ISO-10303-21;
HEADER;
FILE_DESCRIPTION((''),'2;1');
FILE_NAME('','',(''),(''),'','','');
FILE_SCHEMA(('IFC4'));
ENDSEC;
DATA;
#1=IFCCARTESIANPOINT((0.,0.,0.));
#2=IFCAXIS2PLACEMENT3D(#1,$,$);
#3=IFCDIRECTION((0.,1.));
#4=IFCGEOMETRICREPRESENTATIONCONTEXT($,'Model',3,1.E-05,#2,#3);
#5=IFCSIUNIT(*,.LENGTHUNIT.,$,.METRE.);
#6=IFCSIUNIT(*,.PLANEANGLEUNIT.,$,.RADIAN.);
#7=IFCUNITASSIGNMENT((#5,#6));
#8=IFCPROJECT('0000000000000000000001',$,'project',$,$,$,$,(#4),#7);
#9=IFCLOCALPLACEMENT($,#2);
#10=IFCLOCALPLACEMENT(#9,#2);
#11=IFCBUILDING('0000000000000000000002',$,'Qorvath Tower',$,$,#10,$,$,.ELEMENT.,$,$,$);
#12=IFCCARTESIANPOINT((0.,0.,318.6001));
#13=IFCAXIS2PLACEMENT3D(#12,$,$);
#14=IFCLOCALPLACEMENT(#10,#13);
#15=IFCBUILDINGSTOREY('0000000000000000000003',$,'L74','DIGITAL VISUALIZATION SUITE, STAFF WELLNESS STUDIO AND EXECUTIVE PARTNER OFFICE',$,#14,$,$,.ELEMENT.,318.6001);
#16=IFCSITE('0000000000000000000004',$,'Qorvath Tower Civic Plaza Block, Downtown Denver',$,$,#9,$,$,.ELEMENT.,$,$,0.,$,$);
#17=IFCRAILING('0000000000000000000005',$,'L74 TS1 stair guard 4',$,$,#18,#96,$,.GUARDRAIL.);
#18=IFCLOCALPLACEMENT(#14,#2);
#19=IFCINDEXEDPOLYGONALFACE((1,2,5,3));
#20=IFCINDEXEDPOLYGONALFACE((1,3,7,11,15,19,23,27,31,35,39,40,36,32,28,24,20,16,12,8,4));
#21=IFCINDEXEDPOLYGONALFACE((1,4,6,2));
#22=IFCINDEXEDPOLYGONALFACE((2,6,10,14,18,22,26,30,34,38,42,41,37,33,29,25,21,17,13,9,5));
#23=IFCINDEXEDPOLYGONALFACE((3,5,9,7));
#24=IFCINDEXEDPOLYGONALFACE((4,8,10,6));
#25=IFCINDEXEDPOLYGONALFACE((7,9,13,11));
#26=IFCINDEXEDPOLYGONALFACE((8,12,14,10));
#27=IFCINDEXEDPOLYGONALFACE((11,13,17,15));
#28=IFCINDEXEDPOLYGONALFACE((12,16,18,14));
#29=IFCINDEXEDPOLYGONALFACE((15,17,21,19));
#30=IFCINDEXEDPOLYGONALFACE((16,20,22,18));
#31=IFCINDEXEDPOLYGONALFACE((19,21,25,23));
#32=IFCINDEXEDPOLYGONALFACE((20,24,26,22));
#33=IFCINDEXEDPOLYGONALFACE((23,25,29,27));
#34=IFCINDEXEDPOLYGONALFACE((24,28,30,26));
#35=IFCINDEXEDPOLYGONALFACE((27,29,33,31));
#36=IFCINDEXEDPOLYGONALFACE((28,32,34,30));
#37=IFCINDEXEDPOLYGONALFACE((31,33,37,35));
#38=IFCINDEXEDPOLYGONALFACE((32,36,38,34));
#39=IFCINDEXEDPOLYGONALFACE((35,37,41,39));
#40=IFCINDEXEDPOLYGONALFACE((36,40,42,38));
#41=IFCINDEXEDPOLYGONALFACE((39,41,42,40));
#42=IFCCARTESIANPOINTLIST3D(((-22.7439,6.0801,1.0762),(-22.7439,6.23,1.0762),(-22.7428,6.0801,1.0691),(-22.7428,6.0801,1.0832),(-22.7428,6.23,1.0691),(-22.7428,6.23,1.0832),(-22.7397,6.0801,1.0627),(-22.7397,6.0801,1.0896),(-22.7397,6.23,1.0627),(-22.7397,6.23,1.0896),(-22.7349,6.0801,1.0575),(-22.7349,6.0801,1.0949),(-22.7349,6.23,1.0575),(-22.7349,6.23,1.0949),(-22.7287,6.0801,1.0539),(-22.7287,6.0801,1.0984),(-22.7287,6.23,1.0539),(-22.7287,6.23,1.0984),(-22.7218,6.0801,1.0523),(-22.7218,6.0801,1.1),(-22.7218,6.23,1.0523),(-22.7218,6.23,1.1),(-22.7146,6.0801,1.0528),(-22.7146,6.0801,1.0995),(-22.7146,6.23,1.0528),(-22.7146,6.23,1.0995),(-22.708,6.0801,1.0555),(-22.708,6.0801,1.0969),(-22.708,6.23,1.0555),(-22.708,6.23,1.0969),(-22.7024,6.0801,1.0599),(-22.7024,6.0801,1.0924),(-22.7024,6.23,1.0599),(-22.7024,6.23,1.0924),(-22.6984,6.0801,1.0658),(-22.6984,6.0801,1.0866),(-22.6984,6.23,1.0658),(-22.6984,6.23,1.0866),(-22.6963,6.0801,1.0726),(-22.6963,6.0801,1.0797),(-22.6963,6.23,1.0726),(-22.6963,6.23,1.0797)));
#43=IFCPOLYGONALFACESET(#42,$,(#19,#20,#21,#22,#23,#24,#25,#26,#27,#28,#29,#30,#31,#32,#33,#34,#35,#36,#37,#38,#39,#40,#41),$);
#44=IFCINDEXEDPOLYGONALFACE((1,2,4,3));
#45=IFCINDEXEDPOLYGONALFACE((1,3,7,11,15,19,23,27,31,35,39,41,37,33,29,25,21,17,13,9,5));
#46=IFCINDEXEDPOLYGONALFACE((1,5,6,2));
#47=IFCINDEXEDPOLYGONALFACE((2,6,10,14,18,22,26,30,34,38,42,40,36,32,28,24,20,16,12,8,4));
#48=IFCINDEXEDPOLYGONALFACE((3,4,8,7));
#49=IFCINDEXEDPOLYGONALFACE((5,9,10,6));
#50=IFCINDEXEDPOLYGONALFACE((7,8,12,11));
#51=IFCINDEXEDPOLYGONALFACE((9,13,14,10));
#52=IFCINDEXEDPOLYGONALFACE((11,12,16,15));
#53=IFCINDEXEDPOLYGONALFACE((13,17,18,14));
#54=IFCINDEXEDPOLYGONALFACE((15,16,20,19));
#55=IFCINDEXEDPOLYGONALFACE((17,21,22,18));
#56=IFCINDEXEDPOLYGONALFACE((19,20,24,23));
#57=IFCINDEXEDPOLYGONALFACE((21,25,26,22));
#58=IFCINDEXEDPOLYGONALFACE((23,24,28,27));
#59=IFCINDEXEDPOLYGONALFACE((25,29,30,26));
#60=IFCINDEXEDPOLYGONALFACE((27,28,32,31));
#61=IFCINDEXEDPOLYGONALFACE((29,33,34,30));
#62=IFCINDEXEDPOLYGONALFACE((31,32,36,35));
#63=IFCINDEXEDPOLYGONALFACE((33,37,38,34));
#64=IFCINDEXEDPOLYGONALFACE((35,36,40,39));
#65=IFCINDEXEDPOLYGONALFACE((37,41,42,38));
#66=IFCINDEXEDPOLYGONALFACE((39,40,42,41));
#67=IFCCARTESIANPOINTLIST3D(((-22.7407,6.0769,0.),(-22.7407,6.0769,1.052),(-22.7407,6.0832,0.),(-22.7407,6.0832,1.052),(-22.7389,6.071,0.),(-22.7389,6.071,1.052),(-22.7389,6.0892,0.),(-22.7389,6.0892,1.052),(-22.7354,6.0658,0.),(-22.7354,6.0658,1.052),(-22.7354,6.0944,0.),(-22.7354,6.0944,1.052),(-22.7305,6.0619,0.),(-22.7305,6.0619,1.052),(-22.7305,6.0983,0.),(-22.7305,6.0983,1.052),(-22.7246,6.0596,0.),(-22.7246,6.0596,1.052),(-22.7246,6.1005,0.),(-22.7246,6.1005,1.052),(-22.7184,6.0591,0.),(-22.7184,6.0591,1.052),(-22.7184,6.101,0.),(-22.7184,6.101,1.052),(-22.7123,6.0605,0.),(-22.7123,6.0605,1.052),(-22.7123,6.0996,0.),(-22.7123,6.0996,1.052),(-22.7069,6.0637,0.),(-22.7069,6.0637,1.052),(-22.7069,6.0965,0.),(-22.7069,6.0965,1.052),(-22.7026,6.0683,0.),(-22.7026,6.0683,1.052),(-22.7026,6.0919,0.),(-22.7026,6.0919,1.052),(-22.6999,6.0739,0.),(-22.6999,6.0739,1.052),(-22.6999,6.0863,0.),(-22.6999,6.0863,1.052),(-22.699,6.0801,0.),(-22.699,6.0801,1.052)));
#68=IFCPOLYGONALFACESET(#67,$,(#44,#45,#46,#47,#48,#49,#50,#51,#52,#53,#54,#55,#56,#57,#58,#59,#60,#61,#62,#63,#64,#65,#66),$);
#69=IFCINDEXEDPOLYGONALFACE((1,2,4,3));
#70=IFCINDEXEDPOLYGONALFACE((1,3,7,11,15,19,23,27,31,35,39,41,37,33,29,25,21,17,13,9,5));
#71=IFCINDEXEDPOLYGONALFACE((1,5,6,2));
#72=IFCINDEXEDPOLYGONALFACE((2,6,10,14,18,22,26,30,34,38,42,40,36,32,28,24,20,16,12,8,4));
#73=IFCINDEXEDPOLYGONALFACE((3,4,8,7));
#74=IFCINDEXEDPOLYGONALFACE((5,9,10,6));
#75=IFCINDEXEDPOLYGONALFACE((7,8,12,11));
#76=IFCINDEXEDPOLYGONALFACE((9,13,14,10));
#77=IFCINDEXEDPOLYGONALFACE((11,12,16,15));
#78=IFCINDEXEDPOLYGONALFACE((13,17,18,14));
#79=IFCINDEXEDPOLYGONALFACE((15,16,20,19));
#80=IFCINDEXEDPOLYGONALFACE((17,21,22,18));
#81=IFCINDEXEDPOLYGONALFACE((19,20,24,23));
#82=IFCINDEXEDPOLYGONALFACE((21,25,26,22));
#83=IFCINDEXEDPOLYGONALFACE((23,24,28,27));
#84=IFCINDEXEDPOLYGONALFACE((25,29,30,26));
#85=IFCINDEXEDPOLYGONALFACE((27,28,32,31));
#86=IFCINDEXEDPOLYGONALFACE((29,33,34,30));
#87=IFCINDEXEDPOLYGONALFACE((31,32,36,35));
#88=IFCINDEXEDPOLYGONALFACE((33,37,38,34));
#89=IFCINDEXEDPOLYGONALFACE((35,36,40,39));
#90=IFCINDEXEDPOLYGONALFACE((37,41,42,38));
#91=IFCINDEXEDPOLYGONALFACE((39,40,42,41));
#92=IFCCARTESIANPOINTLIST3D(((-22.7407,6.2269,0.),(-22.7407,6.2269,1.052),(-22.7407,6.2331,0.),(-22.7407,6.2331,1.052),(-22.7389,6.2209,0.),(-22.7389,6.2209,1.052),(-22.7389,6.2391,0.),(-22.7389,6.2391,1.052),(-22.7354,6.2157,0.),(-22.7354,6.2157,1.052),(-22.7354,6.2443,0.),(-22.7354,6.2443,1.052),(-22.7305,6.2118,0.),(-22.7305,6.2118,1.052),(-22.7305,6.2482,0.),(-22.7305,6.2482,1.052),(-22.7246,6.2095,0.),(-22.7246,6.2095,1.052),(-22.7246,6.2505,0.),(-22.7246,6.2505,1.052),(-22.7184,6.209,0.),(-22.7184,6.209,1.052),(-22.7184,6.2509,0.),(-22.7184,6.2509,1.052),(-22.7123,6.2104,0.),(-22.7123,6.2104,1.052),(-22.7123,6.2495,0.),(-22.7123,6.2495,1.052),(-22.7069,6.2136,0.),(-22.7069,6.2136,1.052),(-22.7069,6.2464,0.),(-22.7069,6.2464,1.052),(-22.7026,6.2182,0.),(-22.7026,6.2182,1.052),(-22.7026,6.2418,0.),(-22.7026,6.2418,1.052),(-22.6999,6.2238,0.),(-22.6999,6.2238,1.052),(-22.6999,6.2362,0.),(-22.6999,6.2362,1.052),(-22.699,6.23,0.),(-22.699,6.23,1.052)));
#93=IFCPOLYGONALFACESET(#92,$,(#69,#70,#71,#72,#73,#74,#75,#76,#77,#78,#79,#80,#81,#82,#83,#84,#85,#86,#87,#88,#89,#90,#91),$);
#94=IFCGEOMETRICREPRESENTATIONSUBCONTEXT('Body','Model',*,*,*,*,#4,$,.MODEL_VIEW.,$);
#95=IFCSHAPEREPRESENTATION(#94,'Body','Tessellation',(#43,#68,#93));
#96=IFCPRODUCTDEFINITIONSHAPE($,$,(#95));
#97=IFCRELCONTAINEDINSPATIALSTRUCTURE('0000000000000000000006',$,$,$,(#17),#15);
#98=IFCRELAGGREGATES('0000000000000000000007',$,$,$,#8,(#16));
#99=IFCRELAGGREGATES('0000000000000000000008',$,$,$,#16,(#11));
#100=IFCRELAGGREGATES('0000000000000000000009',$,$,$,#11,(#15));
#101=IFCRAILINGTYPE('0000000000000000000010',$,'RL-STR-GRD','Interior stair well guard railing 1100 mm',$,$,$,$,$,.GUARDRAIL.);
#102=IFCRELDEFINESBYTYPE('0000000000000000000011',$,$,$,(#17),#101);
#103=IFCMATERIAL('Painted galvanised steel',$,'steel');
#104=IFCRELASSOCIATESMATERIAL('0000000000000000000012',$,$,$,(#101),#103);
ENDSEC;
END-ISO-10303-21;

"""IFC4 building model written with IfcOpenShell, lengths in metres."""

from ifc_helpers import new_model, si_unit, direction, frame, origin, origin_2d, place, context, subcontext, project, spatial, circle, extrude, material, type_object, element, save


model = new_model("IFC4")

# Units and contexts
model_context = context("Model", 3, precision=1e-05, world=origin(), true_north=direction((0.0, 1.0)))
body_context = subcontext(model_context, "Body", "Model", "MODEL_VIEW")
ifc_project = project(units=[si_unit("LENGTHUNIT", "METRE"), si_unit("PLANEANGLEUNIT", "RADIAN")], contexts=[model_context])

# Site, building, storey
site_placement = place(None, origin())
site = spatial("IfcSite", under=ifc_project, at=site_placement, Name="Qorvath Tower Civic Plaza Block, Downtown Denver", CompositionType="ELEMENT", RefElevation=0.0)
building_placement = place(site_placement, origin())
building = spatial("IfcBuilding", under=site, at=building_placement, Name="Qorvath Tower", CompositionType="ELEMENT")
storey_placement = place(building_placement, frame((0.0, 0.0, 318.6001)))
storey = spatial("IfcBuildingStorey", under=building, at=storey_placement, Name="L74", Description="DIGITAL VISUALIZATION SUITE, STAFF WELLNESS STUDIO AND EXECUTIVE PARTNER OFFICE", CompositionType="ELEMENT", Elevation=318.6001)

# Railing
ifc_material_1 = material(Name="Painted galvanised steel", Category="steel")
railing_type_1 = type_object("IfcRailingType", Name="RL-STR-GRD", Description="Interior stair well guard railing 1100 mm", PredefinedType="GUARDRAIL", material=ifc_material_1)
railing_1_placement = place(storey_placement, frame((-22.72, 6.0801, 0.0)))
element("IfcRailing", 1, at=railing_1_placement, inside=storey, type_object=railing_type_1, Name="L74 TS1 stair guard 4", PredefinedType="GUARDRAIL", context=body_context, shape_type="SweptSolid", body=[
    extrude(circle(Radius=0.0239, at=origin_2d()), frame((0.0, 0.0, 1.0762), z_axis=(0.0, 1.0, 0.0), x_axis=(-1.0, 0.0, 0.0)), (0.0, 0.0, 1.0), 0.1499),
    extrude(circle(Radius=0.021, at=origin_2d()), origin(), (0.0, 0.0, 1.0), 1.052),
    extrude(circle(Radius=0.021, at=origin_2d()), frame((0.0, 0.1499, 0.0)), (0.0, 0.0, 1.0), 1.052),
])

save(model, "model.ifc")
